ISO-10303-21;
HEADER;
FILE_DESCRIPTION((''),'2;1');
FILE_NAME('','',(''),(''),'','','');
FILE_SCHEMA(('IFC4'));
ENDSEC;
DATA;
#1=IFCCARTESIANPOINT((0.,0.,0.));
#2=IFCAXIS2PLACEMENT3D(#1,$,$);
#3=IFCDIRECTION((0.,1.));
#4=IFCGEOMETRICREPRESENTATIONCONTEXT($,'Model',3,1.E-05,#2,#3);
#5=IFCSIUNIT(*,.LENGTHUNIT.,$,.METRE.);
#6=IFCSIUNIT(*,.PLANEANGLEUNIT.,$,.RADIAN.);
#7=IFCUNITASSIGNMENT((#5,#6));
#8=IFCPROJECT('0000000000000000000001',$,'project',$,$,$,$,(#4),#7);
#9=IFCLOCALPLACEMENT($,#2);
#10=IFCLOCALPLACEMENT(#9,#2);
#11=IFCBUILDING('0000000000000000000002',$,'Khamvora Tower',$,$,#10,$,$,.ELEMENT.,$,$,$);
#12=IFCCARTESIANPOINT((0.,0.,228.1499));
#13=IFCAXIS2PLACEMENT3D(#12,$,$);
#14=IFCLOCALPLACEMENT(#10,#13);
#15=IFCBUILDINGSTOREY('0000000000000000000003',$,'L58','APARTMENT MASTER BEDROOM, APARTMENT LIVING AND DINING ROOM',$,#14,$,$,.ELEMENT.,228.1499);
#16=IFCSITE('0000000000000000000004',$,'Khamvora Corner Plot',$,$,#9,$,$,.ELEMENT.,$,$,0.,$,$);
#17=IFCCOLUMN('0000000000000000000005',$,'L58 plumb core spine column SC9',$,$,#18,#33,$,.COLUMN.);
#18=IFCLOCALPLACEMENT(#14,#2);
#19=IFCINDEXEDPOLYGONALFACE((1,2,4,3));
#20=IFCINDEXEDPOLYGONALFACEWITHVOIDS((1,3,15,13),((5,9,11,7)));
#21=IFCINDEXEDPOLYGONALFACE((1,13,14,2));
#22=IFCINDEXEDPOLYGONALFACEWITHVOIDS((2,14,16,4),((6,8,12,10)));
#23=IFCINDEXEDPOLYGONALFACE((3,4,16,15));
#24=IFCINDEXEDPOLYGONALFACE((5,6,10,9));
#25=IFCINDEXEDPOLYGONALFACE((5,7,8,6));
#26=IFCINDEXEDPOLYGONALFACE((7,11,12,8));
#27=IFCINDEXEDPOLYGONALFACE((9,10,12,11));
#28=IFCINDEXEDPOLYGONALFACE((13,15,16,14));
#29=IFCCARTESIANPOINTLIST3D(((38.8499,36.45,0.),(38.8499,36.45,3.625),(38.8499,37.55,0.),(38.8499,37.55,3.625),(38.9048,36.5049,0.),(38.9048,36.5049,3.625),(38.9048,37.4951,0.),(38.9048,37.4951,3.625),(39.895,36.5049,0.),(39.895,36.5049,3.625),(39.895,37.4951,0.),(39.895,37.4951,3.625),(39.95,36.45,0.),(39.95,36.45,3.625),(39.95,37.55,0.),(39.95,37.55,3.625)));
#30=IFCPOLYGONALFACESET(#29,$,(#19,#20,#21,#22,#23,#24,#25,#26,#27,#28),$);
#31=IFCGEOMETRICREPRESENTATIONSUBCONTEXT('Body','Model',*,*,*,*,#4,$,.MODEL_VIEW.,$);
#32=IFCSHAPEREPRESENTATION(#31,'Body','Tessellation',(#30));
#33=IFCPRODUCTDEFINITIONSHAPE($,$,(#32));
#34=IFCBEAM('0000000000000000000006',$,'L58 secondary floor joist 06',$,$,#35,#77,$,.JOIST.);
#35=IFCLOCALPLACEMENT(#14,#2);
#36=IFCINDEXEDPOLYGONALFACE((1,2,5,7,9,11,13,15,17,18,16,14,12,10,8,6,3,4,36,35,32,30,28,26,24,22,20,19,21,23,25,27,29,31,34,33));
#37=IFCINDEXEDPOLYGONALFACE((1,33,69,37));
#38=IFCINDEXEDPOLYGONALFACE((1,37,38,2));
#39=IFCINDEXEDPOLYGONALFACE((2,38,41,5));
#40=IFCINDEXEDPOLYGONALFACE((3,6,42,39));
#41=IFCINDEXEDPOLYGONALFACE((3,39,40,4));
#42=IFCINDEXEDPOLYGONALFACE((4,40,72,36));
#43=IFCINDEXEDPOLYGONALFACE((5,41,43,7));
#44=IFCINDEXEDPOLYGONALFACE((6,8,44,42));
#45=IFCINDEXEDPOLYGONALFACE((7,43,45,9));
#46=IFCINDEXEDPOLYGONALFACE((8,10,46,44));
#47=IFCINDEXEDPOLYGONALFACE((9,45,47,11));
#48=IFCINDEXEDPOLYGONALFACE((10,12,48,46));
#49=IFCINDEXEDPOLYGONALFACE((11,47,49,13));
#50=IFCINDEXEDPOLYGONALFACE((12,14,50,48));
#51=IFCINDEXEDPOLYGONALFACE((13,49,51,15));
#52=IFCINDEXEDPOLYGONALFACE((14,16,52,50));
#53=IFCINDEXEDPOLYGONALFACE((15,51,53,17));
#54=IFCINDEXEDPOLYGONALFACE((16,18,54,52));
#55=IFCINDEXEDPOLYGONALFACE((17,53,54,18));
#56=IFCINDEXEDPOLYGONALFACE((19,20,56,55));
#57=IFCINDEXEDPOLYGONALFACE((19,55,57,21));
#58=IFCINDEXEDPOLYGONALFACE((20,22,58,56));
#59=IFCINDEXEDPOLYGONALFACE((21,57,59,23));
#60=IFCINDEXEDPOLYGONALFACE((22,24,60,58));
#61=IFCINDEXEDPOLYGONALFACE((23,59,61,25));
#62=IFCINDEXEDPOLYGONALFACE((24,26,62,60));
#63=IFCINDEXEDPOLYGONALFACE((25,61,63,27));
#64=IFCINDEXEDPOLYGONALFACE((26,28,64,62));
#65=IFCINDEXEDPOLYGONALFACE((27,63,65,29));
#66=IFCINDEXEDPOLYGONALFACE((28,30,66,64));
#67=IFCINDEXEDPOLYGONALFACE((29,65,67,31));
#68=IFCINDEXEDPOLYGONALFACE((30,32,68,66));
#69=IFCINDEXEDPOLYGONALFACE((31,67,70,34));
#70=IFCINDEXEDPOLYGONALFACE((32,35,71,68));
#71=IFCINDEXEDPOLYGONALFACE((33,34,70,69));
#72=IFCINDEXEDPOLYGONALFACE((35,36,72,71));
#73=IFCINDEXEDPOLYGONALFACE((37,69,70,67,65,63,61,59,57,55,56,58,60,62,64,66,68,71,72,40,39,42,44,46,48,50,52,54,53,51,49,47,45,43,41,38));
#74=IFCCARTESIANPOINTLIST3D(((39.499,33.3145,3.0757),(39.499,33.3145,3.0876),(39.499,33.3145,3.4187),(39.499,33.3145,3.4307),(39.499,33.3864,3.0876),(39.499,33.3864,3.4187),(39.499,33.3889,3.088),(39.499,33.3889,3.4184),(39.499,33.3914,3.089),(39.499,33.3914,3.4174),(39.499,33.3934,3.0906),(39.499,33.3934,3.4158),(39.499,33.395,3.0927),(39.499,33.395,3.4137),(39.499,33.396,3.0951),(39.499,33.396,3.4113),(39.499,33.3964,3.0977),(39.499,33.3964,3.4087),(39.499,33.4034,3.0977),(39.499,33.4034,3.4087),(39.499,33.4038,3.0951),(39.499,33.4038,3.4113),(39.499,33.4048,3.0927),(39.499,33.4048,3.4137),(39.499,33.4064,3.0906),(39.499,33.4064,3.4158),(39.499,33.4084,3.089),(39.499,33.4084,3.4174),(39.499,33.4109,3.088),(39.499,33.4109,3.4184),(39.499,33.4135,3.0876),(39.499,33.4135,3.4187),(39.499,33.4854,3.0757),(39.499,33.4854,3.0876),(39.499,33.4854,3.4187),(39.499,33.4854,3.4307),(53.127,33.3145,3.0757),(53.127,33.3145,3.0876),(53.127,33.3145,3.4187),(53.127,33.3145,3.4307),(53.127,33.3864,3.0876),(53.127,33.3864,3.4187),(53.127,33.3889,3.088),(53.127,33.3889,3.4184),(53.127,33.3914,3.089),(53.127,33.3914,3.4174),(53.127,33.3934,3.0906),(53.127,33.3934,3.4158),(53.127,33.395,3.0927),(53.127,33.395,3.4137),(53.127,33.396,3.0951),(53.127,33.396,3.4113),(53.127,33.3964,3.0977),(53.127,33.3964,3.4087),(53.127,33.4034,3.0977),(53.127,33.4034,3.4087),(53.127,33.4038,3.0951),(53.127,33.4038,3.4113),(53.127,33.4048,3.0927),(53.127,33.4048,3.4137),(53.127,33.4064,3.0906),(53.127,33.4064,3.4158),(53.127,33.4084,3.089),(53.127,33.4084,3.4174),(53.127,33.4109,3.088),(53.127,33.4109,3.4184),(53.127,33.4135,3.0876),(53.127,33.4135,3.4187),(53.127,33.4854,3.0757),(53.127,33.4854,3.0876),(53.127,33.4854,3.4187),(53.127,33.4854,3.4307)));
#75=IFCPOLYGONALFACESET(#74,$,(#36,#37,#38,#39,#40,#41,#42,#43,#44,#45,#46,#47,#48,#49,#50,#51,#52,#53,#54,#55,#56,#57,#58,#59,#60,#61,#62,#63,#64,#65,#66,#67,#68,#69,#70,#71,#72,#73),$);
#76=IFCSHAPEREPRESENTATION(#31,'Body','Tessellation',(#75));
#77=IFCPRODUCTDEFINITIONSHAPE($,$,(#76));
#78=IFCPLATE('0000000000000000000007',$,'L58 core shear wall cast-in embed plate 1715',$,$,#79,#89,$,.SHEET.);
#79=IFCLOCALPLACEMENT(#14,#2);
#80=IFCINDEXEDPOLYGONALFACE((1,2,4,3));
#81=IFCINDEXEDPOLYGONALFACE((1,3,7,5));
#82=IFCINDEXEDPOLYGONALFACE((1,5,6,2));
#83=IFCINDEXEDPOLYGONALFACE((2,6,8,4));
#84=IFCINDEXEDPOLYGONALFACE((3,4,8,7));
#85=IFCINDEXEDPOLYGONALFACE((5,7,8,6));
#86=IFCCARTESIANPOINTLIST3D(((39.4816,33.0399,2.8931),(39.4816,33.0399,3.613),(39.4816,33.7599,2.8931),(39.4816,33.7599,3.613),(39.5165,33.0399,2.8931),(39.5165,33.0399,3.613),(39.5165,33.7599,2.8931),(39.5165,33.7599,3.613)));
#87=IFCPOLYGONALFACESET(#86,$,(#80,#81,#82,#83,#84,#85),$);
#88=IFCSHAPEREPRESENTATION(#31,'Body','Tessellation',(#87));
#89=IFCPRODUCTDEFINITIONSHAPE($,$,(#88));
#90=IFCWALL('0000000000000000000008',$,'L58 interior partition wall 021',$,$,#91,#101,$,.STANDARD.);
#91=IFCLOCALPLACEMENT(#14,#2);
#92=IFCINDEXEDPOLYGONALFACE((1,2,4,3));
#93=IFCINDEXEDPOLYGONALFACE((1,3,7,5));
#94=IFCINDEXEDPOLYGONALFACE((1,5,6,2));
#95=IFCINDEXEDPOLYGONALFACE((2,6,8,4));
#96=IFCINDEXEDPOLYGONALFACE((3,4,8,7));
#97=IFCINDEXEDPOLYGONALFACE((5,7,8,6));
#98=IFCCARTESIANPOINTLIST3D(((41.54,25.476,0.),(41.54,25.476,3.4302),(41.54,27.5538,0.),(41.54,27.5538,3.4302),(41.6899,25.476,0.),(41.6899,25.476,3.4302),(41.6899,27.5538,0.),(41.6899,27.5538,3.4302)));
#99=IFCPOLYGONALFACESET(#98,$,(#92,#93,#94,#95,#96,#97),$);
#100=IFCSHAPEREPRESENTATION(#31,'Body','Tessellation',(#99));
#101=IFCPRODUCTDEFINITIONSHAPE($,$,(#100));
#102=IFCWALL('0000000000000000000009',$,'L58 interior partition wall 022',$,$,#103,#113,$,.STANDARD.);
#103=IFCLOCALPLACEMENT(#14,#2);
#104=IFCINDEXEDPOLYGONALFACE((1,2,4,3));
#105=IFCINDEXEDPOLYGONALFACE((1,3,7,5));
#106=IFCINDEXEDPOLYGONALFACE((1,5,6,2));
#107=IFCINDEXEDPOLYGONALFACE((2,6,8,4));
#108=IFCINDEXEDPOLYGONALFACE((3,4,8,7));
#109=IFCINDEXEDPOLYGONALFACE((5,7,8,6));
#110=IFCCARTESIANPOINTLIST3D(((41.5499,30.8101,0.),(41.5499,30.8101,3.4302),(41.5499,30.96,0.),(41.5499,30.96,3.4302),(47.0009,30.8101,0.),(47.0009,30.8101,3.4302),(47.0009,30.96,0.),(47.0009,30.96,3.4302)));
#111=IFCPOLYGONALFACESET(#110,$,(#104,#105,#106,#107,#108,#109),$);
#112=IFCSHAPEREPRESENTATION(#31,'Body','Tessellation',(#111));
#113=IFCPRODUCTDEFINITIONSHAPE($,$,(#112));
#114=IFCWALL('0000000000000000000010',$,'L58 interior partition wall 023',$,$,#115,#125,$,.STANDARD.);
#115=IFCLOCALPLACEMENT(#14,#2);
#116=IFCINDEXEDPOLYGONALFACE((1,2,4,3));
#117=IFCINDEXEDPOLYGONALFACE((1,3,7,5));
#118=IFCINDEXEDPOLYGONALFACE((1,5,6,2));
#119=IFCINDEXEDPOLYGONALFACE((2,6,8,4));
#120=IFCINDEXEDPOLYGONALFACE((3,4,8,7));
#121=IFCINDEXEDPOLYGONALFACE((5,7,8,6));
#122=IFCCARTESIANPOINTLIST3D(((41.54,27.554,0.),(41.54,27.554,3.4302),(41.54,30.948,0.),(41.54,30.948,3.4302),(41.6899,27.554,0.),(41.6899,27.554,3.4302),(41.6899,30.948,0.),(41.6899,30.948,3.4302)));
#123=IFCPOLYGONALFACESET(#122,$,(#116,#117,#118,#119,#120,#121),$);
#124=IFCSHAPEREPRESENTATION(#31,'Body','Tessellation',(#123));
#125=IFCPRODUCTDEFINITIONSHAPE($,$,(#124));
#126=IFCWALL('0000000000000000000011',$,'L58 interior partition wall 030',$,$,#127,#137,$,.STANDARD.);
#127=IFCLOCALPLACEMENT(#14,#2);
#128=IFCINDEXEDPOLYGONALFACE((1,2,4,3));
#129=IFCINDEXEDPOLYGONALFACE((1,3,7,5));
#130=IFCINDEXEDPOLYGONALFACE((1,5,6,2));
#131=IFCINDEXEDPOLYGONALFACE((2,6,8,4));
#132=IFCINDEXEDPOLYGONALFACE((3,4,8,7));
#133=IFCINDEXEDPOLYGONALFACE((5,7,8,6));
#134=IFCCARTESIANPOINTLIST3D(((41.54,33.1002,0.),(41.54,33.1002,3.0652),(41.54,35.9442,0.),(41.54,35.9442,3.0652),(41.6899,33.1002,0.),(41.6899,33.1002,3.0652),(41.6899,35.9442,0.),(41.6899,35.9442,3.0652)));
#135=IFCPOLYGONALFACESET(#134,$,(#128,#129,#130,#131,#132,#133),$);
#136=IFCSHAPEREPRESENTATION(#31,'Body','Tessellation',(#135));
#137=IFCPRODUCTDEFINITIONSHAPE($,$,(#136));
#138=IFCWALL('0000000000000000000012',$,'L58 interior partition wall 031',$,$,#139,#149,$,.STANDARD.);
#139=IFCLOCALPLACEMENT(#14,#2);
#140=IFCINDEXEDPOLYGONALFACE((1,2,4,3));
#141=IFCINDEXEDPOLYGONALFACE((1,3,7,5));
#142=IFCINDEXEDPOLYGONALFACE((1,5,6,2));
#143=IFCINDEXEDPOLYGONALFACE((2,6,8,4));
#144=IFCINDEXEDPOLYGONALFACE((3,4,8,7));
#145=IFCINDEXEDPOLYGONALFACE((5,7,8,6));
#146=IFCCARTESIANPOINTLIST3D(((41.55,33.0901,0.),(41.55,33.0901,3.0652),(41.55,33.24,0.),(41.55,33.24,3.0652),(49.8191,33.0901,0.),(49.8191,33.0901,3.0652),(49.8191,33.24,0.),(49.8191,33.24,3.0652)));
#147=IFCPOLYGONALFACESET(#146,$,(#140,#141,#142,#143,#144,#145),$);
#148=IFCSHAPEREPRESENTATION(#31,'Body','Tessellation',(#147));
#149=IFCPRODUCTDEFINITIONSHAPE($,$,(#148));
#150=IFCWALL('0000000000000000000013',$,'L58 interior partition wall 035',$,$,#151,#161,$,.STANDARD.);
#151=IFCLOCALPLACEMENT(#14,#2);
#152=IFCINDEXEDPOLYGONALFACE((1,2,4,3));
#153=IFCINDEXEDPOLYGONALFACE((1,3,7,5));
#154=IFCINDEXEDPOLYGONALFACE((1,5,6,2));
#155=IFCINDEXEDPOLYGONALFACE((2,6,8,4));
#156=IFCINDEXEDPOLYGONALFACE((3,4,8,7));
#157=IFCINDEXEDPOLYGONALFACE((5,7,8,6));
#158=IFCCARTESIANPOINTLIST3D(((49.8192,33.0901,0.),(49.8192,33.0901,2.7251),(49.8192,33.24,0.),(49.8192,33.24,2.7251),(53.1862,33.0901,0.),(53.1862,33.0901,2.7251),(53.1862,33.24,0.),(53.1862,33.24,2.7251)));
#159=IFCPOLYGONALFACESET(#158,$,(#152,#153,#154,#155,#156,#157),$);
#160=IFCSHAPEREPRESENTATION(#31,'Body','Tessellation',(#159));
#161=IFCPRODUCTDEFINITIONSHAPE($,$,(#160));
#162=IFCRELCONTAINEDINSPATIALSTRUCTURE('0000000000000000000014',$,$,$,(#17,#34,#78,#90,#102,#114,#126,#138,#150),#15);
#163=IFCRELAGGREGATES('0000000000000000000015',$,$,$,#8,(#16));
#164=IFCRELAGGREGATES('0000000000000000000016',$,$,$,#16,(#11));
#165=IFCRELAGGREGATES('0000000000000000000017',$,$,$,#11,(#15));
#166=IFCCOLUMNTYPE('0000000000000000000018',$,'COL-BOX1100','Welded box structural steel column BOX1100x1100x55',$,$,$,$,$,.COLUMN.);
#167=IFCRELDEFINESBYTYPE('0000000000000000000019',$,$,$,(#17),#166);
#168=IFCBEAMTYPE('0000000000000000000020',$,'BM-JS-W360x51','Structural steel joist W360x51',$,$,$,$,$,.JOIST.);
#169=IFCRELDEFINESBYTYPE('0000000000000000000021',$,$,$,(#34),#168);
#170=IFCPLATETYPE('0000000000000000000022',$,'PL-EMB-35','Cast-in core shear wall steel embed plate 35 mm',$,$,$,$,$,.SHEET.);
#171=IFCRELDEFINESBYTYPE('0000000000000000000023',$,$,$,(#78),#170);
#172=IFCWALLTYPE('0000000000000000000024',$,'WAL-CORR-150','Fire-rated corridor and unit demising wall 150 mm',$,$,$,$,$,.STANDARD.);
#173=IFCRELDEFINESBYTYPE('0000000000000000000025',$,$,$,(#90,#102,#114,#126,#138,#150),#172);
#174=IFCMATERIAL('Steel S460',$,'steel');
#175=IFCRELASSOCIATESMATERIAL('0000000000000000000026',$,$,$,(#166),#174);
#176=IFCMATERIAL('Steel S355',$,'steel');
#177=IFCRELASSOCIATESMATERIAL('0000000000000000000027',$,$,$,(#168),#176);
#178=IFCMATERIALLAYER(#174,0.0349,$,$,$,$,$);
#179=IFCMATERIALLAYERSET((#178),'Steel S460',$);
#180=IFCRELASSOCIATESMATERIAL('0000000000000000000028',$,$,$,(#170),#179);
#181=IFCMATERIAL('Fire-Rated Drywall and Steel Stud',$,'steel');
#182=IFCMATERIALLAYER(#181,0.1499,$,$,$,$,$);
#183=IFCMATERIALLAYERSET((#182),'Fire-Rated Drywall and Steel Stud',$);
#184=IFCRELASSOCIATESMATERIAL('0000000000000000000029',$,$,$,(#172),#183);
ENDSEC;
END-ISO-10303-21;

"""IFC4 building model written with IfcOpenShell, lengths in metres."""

from ifc_helpers import new_model, si_unit, direction, frame, frame_2d, origin, origin_2d, place, context, subcontext, project, spatial, rectangle, hollow_rectangle, i_section, extrude, material, layer, layer_set, material_profile, profile_set, type_object, element, save


model = new_model("IFC4")

# Units and contexts
model_context = context("Model", 3, precision=1e-05, world=origin(), true_north=direction((0.0, 1.0)))
body_context = subcontext(model_context, "Body", "Model", "MODEL_VIEW")
ifc_project = project(units=[si_unit("LENGTHUNIT", "METRE"), si_unit("PLANEANGLEUNIT", "RADIAN")], contexts=[model_context])

# Site, building, storey
site_placement = place(None, origin())
site = spatial("IfcSite", under=ifc_project, at=site_placement, Name="Khamvora Corner Plot", CompositionType="ELEMENT", RefElevation=0.0)
building_placement = place(site_placement, origin())
building = spatial("IfcBuilding", under=site, at=building_placement, Name="Khamvora Tower", CompositionType="ELEMENT")
storey_placement = place(building_placement, frame((0.0, 0.0, 228.1499)))
storey = spatial("IfcBuildingStorey", under=building, at=storey_placement, Name="L58", Description="APARTMENT MASTER BEDROOM, APARTMENT LIVING AND DINING ROOM", CompositionType="ELEMENT", Elevation=228.1499)

# Column
ifc_material_1 = material(Name="Steel S460", Category="steel")
ifc_material_profile_1 = material_profile(ifc_material_1, hollow_rectangle(XDim=1.1001, YDim=1.1001, WallThickness=0.0549, at=origin_2d()), Name="BOX1100x1100x55")
ifc_profile_set_1 = profile_set([ifc_material_profile_1], Name="Steel S460")
column_type = type_object("IfcColumnType", Name="COL-BOX1100", Description="Welded box structural steel column BOX1100x1100x55", PredefinedType="COLUMN", material=ifc_profile_set_1)
column_placement = place(storey_placement, frame((39.3999, 37.0, 0.0), z_axis=(0.0, 0.0, 1.0), x_axis=(1.0, 0.0, 0.0)))
element("IfcColumn", 1, at=column_placement, inside=storey, type_object=column_type, Name="L58 plumb core spine column SC9", PredefinedType="COLUMN", context=body_context, shape_type="SweptSolid", body=[
    extrude(hollow_rectangle(XDim=1.1001, YDim=1.1001, WallThickness=0.0549, at=origin_2d()), origin(), (0.0, 0.0, 1.0), 3.625),
])

# Beam
ifc_material_2 = material(Name="Steel S355", Category="steel")
ifc_material_profile_2 = material_profile(ifc_material_2, i_section(OverallWidth=0.1709, OverallDepth=0.355, WebThickness=0.0071, FlangeThickness=0.012, FilletRadius=0.01, at=origin_2d()), Name="W360x51")
ifc_profile_set_2 = profile_set([ifc_material_profile_2], Name="Steel S355")
beam_type = type_object("IfcBeamType", Name="BM-JS-W360x51", Description="Structural steel joist W360x51", PredefinedType="JOIST", material=ifc_profile_set_2)
beam_placement = place(storey_placement, frame((39.499, 33.3999, 3.2532), z_axis=(1.0, 0.0, 0.0), x_axis=(0.0, 1.0, 0.0)))
element("IfcBeam", 2, at=beam_placement, inside=storey, type_object=beam_type, Name="L58 secondary floor joist 06", PredefinedType="JOIST", context=body_context, shape_type="SweptSolid", body=[
    extrude(i_section(OverallWidth=0.1709, OverallDepth=0.355, WebThickness=0.0071, FlangeThickness=0.012, FilletRadius=0.01, at=origin_2d()), origin(), (0.0, 0.0, 1.0), 13.6279),
])

# Plate
ifc_layer_1 = layer(ifc_material_1, 0.0349)
ifc_layer_set_1 = layer_set([ifc_layer_1], Name="Steel S460")
plate_type = type_object("IfcPlateType", Name="PL-EMB-35", Description="Cast-in core shear wall steel embed plate 35 mm", PredefinedType="SHEET", material=ifc_layer_set_1)
plate_placement = place(storey_placement, frame((39.499, 33.3999, 2.8931), z_axis=(0.0, 0.0, 1.0), x_axis=(1.0, 0.0, 0.0)))
element("IfcPlate", 3, at=plate_placement, inside=storey, type_object=plate_type, Name="L58 core shear wall cast-in embed plate 1715", PredefinedType="SHEET", context=body_context, shape_type="SweptSolid", body=[
    extrude(rectangle(XDim=0.0349, YDim=0.72, at=origin_2d()), origin(), (0.0, 0.0, 1.0), 0.72),
])

# Shared definitions
ifc_material_3 = material(Name="Fire-Rated Drywall and Steel Stud", Category="steel")
ifc_layer_2 = layer(ifc_material_3, 0.1499)
ifc_layer_set_2 = layer_set([ifc_layer_2], Name="Fire-Rated Drywall and Steel Stud")
wall_type_1 = type_object("IfcWallType", Name="WAL-CORR-150", Description="Fire-rated corridor and unit demising wall 150 mm", PredefinedType="STANDARD", material=ifc_layer_set_2)

# Walls
wall_1_placement = place(storey_placement, frame((41.615, 27.554, 0.0), z_axis=(0.0, 0.0, 1.0), x_axis=(0.0, -1.0, 0.0)))
element("IfcWall", 4, at=wall_1_placement, inside=storey, type_object=wall_type_1, Name="L58 interior partition wall 021", PredefinedType="STANDARD", context=body_context, shape_type="SweptSolid", body=[
    extrude(rectangle(XDim=2.0779, YDim=0.1499, at=frame_2d((1.0391, 0.0))), origin(), (0.0, 0.0, 1.0), 3.4302),
])
wall_2_placement = place(storey_placement, frame((47.001, 30.885, 0.0), z_axis=(0.0, 0.0, 1.0), x_axis=(-1.0, 0.0, 0.0)))
element("IfcWall", 5, at=wall_2_placement, inside=storey, type_object=wall_type_1, Name="L58 interior partition wall 022", PredefinedType="STANDARD", context=body_context, shape_type="SweptSolid", body=[
    extrude(rectangle(XDim=5.4509, YDim=0.1499, at=frame_2d((2.7256, 0.0))), origin(), (0.0, 0.0, 1.0), 3.4302),
])
wall_3_placement = place(storey_placement, frame((41.615, 30.948, 0.0), z_axis=(0.0, 0.0, 1.0), x_axis=(0.0, -1.0, 0.0)))
element("IfcWall", 6, at=wall_3_placement, inside=storey, type_object=wall_type_1, Name="L58 interior partition wall 023", PredefinedType="STANDARD", context=body_context, shape_type="SweptSolid", body=[
    extrude(rectangle(XDim=3.394, YDim=0.1499, at=frame_2d((1.697, 0.0))), origin(), (0.0, 0.0, 1.0), 3.4302),
])
wall_4_placement = place(storey_placement, frame((41.615, 35.9441, 0.0), z_axis=(0.0, 0.0, 1.0), x_axis=(0.0, -1.0, 0.0)))
element("IfcWall", 7, at=wall_4_placement, inside=storey, type_object=wall_type_1, Name="L58 interior partition wall 030", PredefinedType="STANDARD", context=body_context, shape_type="SweptSolid", body=[
    extrude(rectangle(XDim=2.844, YDim=0.1499, at=frame_2d((1.4219, 0.0))), origin(), (0.0, 0.0, 1.0), 3.0652),
])
wall_5_placement = place(storey_placement, frame((41.55, 33.165, 0.0), z_axis=(0.0, 0.0, 1.0), x_axis=(1.0, 0.0, 0.0)))
element("IfcWall", 8, at=wall_5_placement, inside=storey, type_object=wall_type_1, Name="L58 interior partition wall 031", PredefinedType="STANDARD", context=body_context, shape_type="SweptSolid", body=[
    extrude(rectangle(XDim=8.269, YDim=0.1499, at=frame_2d((4.1345, 0.0))), origin(), (0.0, 0.0, 1.0), 3.0652),
])
wall_6_placement = place(storey_placement, frame((49.8191, 33.165, 0.0), z_axis=(0.0, 0.0, 1.0), x_axis=(1.0, 0.0, 0.0)))
element("IfcWall", 9, at=wall_6_placement, inside=storey, type_object=wall_type_1, Name="L58 interior partition wall 035", PredefinedType="STANDARD", context=body_context, shape_type="SweptSolid", body=[
    extrude(rectangle(XDim=3.3669, YDim=0.1499, at=frame_2d((1.6836, 0.0))), origin(), (0.0, 0.0, 1.0), 2.7251),
])

save(model, "model.ifc")
